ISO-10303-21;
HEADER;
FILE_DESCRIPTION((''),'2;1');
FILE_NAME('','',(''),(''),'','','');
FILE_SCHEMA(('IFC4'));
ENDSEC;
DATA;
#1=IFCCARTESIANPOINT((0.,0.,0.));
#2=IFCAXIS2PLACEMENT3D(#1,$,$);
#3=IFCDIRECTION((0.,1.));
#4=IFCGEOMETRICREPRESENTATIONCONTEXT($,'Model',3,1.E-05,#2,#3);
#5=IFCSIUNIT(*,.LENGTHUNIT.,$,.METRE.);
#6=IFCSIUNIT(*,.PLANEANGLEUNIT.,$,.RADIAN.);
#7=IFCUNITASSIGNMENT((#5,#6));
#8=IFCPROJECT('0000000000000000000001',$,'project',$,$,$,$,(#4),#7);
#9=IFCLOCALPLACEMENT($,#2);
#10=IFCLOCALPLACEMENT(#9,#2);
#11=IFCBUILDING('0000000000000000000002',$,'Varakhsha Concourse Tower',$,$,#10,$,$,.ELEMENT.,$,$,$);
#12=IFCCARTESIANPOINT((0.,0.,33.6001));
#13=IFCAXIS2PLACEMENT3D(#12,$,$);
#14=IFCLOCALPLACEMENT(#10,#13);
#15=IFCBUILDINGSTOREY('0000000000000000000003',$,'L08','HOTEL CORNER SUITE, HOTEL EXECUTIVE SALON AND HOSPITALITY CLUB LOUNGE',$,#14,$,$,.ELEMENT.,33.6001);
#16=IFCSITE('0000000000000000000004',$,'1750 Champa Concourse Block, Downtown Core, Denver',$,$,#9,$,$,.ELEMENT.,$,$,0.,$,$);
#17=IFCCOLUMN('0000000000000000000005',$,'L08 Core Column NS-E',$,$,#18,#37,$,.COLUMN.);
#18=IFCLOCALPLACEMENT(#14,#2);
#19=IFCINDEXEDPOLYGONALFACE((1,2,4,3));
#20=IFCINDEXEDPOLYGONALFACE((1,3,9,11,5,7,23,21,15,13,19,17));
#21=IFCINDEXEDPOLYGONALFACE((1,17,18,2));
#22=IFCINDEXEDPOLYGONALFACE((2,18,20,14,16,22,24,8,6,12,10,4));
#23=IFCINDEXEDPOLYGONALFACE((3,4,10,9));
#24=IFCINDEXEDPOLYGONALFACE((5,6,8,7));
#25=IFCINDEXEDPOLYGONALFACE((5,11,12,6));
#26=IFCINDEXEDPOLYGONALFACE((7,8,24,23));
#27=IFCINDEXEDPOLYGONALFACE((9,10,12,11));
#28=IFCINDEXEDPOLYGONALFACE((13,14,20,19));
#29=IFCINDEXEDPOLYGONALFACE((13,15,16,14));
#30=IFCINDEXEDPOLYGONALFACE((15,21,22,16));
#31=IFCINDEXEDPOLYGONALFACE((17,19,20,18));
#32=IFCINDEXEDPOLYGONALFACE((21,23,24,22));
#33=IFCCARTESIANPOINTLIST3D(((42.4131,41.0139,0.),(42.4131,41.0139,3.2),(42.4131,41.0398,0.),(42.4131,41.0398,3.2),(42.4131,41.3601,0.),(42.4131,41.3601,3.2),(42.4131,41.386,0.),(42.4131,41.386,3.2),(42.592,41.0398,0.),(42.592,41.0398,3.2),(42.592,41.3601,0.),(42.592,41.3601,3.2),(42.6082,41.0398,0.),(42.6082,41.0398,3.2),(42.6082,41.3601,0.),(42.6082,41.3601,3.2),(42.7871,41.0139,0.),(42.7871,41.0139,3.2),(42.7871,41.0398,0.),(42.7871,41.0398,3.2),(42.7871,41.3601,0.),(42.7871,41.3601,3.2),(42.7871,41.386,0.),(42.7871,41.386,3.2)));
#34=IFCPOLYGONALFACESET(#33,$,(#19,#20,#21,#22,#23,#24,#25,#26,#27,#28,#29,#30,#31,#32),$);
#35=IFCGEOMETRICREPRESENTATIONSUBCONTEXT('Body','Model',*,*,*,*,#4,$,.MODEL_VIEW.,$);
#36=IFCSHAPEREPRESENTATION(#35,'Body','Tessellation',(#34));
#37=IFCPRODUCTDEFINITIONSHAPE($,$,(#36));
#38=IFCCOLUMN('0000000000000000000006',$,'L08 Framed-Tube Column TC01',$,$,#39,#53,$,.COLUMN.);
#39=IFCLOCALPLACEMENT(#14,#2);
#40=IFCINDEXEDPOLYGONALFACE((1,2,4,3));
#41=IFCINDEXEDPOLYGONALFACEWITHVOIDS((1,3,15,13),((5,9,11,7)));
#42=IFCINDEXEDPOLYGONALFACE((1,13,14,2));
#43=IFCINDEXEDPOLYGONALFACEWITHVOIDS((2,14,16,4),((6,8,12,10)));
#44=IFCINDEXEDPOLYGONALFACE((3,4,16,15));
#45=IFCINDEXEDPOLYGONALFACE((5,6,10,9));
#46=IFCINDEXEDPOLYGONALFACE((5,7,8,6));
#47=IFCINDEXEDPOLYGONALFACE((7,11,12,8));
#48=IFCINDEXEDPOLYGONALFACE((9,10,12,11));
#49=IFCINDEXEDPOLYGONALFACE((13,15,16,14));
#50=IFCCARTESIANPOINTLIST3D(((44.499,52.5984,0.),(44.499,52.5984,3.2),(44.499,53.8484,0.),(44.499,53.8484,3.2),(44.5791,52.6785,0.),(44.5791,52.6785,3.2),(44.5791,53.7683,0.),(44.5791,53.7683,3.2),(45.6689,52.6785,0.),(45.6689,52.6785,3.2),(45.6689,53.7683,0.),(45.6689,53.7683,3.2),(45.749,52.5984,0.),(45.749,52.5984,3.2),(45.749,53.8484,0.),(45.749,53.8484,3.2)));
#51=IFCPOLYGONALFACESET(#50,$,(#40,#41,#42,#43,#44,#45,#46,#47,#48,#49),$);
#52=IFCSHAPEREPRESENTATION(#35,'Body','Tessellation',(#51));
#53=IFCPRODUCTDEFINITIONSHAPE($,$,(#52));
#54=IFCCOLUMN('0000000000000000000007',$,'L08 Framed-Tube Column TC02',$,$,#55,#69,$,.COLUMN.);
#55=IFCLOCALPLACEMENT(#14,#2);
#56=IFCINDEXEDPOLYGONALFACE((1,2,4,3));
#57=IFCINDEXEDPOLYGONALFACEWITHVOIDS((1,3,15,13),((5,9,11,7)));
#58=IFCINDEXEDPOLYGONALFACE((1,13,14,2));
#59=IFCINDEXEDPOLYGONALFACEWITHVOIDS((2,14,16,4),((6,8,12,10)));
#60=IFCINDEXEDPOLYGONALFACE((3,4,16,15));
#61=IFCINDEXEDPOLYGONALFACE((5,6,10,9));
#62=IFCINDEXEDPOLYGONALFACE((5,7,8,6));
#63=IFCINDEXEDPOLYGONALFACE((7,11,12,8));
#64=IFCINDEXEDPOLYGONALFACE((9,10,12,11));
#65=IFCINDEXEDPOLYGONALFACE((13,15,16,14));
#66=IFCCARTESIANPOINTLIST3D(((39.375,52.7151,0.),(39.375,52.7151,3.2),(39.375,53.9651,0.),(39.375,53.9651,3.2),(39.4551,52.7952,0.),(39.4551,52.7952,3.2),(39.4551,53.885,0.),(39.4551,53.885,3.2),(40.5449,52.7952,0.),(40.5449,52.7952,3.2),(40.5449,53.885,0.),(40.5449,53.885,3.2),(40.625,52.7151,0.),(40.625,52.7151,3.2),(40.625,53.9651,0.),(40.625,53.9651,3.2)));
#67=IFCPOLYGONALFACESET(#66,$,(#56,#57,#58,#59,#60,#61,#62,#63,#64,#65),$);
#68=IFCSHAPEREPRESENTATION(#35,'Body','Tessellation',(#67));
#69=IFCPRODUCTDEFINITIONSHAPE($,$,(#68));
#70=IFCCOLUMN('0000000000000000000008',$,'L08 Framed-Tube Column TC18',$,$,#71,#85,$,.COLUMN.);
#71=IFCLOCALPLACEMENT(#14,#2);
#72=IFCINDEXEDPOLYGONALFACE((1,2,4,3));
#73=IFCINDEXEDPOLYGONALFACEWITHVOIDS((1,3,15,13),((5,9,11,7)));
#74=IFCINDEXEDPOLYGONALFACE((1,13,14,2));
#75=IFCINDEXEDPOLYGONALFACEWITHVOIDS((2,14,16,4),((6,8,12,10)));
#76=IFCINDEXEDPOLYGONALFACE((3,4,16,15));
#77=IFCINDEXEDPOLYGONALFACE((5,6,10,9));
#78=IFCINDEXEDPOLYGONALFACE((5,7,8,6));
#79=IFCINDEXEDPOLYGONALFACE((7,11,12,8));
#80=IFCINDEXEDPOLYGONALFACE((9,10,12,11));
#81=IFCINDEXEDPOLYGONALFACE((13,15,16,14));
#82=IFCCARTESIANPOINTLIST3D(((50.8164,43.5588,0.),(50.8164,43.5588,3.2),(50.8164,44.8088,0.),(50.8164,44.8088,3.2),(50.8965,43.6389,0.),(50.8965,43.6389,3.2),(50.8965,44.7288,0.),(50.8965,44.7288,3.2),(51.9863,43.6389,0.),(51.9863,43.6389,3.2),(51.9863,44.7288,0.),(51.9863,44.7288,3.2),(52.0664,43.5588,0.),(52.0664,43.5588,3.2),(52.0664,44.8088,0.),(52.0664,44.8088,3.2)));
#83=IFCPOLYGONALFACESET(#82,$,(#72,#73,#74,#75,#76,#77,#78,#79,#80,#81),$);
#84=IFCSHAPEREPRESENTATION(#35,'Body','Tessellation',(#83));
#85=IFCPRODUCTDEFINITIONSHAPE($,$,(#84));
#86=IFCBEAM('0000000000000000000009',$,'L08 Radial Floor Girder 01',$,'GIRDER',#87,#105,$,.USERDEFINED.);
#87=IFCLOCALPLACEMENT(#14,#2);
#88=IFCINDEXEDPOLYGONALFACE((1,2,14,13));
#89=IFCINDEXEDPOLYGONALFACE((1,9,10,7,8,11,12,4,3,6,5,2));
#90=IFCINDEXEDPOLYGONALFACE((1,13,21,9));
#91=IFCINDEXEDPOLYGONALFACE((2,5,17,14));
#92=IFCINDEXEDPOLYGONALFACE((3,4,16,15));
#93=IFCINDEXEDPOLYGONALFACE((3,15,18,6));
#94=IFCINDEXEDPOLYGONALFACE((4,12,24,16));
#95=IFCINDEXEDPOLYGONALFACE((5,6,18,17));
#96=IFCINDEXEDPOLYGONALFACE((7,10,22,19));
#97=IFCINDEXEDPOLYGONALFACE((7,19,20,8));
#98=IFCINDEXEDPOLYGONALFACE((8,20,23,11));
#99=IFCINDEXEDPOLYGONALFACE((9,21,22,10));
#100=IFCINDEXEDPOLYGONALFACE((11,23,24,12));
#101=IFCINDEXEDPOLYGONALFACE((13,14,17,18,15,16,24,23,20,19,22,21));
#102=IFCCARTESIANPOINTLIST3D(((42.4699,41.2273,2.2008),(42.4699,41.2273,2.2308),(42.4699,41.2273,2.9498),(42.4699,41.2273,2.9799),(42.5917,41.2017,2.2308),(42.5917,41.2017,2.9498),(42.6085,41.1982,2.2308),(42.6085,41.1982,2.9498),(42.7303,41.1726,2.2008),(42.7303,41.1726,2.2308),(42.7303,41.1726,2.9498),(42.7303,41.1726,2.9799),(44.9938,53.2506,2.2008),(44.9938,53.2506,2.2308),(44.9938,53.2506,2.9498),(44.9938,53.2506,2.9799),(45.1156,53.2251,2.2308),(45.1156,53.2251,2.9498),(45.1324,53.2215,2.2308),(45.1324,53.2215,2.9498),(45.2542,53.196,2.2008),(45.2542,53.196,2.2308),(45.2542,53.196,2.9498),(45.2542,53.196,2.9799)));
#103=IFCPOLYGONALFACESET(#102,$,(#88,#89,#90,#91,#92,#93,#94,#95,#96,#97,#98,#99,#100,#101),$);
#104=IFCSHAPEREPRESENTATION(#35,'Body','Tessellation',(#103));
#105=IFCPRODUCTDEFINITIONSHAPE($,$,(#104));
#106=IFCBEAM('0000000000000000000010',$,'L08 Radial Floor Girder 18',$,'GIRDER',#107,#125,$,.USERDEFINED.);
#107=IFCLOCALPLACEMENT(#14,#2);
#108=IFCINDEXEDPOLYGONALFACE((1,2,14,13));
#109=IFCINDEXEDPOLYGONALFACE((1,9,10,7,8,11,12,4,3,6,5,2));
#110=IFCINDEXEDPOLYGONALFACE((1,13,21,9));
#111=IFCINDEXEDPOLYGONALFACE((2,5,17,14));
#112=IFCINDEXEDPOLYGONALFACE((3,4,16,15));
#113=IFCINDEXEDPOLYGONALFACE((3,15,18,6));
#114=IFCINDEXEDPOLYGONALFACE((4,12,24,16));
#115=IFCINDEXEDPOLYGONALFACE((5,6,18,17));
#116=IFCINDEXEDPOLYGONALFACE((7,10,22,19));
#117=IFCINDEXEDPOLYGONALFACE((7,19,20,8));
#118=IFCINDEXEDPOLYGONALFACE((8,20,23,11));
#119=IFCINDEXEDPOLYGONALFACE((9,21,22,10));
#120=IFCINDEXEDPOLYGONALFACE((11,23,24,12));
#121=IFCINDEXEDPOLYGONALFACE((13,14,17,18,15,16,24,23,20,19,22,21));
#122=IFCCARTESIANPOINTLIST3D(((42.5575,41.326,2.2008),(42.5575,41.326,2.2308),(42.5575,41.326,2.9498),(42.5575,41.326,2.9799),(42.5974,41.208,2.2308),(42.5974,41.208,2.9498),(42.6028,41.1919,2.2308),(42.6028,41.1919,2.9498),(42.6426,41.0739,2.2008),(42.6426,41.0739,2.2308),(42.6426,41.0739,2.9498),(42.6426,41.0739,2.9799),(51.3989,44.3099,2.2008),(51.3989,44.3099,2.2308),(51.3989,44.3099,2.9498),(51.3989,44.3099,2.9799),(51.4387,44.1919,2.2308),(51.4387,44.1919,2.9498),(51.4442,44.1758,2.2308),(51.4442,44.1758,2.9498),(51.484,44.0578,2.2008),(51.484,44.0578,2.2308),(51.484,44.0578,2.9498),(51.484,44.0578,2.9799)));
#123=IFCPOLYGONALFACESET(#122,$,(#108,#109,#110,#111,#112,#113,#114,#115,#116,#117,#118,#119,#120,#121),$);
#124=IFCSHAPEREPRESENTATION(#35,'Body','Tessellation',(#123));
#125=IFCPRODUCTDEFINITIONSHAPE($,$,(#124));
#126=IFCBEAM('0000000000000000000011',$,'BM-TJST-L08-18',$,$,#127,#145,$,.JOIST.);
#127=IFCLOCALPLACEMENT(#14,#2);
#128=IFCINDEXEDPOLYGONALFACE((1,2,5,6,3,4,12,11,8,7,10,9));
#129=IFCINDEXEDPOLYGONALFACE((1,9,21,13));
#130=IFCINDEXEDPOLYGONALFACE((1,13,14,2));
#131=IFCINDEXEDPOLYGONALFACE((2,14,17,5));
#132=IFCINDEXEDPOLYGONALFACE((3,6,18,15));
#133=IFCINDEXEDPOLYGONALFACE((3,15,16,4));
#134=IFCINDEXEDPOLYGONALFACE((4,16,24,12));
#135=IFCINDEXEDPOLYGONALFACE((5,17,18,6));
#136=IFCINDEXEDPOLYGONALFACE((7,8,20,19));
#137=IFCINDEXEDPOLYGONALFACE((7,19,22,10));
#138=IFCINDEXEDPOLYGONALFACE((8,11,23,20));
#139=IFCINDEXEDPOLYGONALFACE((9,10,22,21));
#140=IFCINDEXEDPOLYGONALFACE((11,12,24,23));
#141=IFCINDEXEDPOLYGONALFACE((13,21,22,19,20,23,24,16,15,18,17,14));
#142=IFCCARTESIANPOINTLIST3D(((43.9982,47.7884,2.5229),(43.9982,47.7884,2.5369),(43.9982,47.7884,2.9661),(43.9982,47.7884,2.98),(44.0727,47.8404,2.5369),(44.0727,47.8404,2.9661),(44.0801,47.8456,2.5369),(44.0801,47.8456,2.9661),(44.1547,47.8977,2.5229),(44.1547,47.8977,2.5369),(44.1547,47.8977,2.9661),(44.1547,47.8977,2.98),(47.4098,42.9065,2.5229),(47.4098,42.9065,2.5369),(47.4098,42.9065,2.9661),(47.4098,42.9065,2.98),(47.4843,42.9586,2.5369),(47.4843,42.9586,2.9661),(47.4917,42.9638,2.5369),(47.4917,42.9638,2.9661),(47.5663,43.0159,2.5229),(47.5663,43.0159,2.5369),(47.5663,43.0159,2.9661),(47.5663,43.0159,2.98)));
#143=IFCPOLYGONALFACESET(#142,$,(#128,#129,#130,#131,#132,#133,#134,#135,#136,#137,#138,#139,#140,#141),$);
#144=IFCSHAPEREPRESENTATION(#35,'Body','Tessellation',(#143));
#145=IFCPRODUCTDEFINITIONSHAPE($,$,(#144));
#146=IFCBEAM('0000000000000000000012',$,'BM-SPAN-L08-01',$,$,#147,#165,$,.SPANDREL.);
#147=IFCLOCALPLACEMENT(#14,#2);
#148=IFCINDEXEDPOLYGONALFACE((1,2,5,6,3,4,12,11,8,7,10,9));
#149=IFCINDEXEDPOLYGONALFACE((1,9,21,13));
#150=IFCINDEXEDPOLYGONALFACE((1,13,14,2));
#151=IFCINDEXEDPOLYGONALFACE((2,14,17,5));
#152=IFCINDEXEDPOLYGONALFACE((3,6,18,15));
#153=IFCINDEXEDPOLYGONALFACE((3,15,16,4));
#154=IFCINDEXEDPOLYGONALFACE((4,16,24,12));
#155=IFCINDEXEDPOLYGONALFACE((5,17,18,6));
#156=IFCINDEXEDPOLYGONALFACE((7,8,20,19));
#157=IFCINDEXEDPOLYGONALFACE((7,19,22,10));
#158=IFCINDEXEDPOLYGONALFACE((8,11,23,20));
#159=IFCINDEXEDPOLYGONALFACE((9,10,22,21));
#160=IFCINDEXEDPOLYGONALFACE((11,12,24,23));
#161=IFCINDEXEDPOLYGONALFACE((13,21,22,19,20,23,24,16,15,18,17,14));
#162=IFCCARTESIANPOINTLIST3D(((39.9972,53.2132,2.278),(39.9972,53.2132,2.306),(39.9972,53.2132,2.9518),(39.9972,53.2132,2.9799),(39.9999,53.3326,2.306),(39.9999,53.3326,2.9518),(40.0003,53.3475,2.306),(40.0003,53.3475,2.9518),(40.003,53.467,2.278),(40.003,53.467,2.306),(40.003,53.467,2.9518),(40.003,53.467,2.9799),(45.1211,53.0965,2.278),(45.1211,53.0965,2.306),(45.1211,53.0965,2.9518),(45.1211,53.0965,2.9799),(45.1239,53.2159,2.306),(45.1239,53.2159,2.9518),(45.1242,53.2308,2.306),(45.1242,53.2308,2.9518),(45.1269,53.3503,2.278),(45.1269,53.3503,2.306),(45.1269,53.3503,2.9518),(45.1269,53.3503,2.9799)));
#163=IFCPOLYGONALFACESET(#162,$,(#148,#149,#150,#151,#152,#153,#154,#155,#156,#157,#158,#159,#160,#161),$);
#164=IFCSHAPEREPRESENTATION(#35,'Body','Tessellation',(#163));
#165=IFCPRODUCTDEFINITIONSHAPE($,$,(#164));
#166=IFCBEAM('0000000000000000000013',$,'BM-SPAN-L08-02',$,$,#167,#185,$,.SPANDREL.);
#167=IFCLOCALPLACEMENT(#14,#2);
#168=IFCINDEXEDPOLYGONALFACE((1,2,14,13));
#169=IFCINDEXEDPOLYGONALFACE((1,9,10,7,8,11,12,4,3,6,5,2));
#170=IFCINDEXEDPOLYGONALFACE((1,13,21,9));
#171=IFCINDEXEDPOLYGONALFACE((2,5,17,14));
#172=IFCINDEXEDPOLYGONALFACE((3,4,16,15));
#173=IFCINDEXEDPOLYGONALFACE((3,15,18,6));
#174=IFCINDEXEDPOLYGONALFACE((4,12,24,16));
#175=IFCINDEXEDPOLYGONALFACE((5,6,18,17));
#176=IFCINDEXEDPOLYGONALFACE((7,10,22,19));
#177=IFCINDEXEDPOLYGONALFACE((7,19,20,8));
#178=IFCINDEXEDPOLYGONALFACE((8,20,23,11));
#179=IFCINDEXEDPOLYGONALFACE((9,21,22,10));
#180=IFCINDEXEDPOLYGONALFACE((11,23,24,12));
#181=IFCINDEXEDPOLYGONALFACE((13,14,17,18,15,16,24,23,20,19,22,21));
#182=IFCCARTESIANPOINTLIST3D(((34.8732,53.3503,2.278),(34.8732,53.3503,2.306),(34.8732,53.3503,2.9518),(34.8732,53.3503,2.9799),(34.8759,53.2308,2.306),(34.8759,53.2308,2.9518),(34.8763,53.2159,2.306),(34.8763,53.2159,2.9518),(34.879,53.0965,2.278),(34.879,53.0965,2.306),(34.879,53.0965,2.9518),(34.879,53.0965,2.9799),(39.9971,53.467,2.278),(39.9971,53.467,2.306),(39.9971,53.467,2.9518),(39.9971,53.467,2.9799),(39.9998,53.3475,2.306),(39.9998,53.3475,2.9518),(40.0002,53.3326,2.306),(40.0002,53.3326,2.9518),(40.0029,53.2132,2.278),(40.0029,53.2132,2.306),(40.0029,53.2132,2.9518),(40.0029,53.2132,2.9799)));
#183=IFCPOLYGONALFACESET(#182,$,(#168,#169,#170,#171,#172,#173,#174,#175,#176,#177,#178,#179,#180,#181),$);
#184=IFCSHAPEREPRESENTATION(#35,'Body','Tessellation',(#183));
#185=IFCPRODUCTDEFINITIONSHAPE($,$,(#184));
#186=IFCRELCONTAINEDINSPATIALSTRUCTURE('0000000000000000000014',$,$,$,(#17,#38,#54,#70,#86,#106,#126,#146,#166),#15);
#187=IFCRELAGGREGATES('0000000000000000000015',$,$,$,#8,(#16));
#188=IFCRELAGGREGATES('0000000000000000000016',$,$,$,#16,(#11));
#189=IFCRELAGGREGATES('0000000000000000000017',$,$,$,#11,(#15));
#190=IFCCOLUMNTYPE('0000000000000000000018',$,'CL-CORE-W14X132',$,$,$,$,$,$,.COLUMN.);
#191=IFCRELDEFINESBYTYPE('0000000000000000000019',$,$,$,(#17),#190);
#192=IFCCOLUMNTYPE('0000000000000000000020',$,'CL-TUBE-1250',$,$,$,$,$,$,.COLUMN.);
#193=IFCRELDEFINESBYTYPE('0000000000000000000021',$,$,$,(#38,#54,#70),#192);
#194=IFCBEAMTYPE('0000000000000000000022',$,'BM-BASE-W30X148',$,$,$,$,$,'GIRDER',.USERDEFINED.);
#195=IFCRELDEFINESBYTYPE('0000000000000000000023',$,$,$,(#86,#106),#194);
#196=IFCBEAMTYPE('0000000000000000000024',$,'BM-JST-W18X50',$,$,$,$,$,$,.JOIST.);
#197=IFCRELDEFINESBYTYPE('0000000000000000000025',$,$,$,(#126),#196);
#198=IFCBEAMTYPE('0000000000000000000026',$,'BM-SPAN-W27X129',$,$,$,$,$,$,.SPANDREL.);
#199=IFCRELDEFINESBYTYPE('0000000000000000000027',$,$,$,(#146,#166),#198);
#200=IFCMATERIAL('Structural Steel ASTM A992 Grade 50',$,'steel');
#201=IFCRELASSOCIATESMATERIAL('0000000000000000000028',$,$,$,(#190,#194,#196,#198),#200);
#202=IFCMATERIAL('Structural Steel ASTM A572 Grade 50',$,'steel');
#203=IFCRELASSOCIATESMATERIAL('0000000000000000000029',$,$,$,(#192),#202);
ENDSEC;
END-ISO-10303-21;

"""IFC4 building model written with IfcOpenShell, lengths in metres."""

from ifc_helpers import new_model, si_unit, direction, frame, origin, origin_2d, place, context, subcontext, project, spatial, hollow_rectangle, i_section, extrude, material, material_profile, profile_set, type_object, element, save


model = new_model("IFC4")

# Units and contexts
model_context = context("Model", 3, precision=1e-05, world=origin(), true_north=direction((0.0, 1.0)))
body_context = subcontext(model_context, "Body", "Model", "MODEL_VIEW")
ifc_project = project(units=[si_unit("LENGTHUNIT", "METRE"), si_unit("PLANEANGLEUNIT", "RADIAN")], contexts=[model_context])

# Site, building, storey
site_placement = place(None, origin())
site = spatial("IfcSite", under=ifc_project, at=site_placement, Name="1750 Champa Concourse Block, Downtown Core, Denver", CompositionType="ELEMENT", RefElevation=0.0)
building_placement = place(site_placement, origin())
building = spatial("IfcBuilding", under=site, at=building_placement, Name="Varakhsha Concourse Tower", CompositionType="ELEMENT")
storey_placement = place(building_placement, frame((0.0, 0.0, 33.6001)))
storey = spatial("IfcBuildingStorey", under=building, at=storey_placement, Name="L08", Description="HOTEL CORNER SUITE, HOTEL EXECUTIVE SALON AND HOSPITALITY CLUB LOUNGE", CompositionType="ELEMENT", Elevation=33.6001)

# Columns
ifc_material_1 = material(Name="Structural Steel ASTM A992 Grade 50", Category="steel")
ifc_material_profile_1 = material_profile(ifc_material_1, i_section(OverallWidth=0.374, OverallDepth=0.3721, WebThickness=0.0161, FlangeThickness=0.0259, at=origin_2d()), Name="W14X132")
ifc_profile_set_1 = profile_set([ifc_material_profile_1], Name="Structural Steel ASTM A992 Grade 50")
column_type_1 = type_object("IfcColumnType", Name="CL-CORE-W14X132", PredefinedType="COLUMN", material=ifc_profile_set_1)
column_placement = place(storey_placement, frame((42.6001, 41.2, 0.0), z_axis=(0.0, 0.0, 1.0), x_axis=(1.0, 0.0, 0.0)))
element("IfcColumn", 1, at=column_placement, inside=storey, type_object=column_type_1, Name="L08 Core Column NS-E", PredefinedType="COLUMN", context=body_context, shape_type="SweptSolid", body=[
    extrude(i_section(OverallWidth=0.374, OverallDepth=0.3721, WebThickness=0.0161, FlangeThickness=0.0259, at=origin_2d()), origin(), (0.0, 0.0, 1.0), 3.2),
])
ifc_material_2 = material(Name="Structural Steel ASTM A572 Grade 50", Category="steel")
ifc_material_profile_2 = material_profile(ifc_material_2, hollow_rectangle(XDim=1.25, YDim=1.25, WallThickness=0.0801, at=origin_2d()), Name="BOX 1250x1250x80")
ifc_profile_set_2 = profile_set([ifc_material_profile_2], Name="Structural Steel ASTM A572 Grade 50")
column_type_2 = type_object("IfcColumnType", Name="CL-TUBE-1250", PredefinedType="COLUMN", material=ifc_profile_set_2)
for number, where, z_axis, x_axis, name in (
    (2, (45.124, 53.2234, 0.0), (0.0, 0.0, 1.0), (1.0, 0.0, 0.0), "L08 Framed-Tube Column TC01"),
    (3, (40.0, 53.3401, 0.0), (0.0, 0.0, 1.0), (1.0, 0.0, 0.0), "L08 Framed-Tube Column TC02"),
    (4, (51.4414, 44.1838, 0.0), (0.0, 0.0, 1.0), (1.0, 0.0, 0.0), "L08 Framed-Tube Column TC18"),
):
    element("IfcColumn", number, at=place(storey_placement, frame(where, z_axis=z_axis, x_axis=x_axis)), inside=storey, type_object=column_type_2, Name=name, PredefinedType="COLUMN", context=body_context, shape_type="SweptSolid", body=[
        extrude(hollow_rectangle(XDim=1.25, YDim=1.25, WallThickness=0.0801, at=origin_2d()), origin(), (0.0, 0.0, 1.0), 3.2),
    ])

# Beams
ifc_material_profile_3 = material_profile(ifc_material_1, i_section(OverallWidth=0.2661, OverallDepth=0.7791, WebThickness=0.0171, FlangeThickness=0.03, at=origin_2d()), Name="W30X148")
ifc_profile_set_3 = profile_set([ifc_material_profile_3], Name="Structural Steel ASTM A992 Grade 50")
beam_type_1 = type_object("IfcBeamType", Name="BM-BASE-W30X148", ElementType="GIRDER", PredefinedType="USERDEFINED", material=ifc_profile_set_3)
beam_1_placement = place(storey_placement, frame((42.6001, 41.2, 2.5903), z_axis=(0.20544, 0.97867, 0.0), x_axis=(-0.97867, 0.20544, 0.0)))
element("IfcBeam", 5, at=beam_1_placement, inside=storey, type_object=beam_type_1, Name="L08 Radial Floor Girder 01", ObjectType="GIRDER", PredefinedType="USERDEFINED", context=body_context, shape_type="SweptSolid", body=[
    extrude(i_section(OverallWidth=0.2661, OverallDepth=0.7791, WebThickness=0.0171, FlangeThickness=0.03, at=origin_2d()), origin(), (0.0, 0.0, 1.0), 12.2854),
])
beam_2_placement = place(storey_placement, frame((42.6001, 41.2, 2.5903), z_axis=(0.947494, 0.319773, 0.0), x_axis=(-0.319773, 0.947494, 0.0)))
element("IfcBeam", 6, at=beam_2_placement, inside=storey, type_object=beam_type_1, Name="L08 Radial Floor Girder 18", ObjectType="GIRDER", PredefinedType="USERDEFINED", context=body_context, shape_type="SweptSolid", body=[
    extrude(i_section(OverallWidth=0.2661, OverallDepth=0.7791, WebThickness=0.0171, FlangeThickness=0.03, at=origin_2d()), origin(), (0.0, 0.0, 1.0), 9.3313),
])
ifc_material_profile_4 = material_profile(ifc_material_1, i_section(OverallWidth=0.1909, OverallDepth=0.457, WebThickness=0.009, FlangeThickness=0.0139, at=origin_2d()), Name="W18X50")
ifc_profile_set_4 = profile_set([ifc_material_profile_4], Name="Structural Steel ASTM A992 Grade 50")
beam_type_2 = type_object("IfcBeamType", Name="BM-JST-W18X50", PredefinedType="JOIST", material=ifc_profile_set_4)
beam_3_placement = place(storey_placement, frame((47.488, 42.9612, 2.7515), z_axis=(-0.572824, 0.819678, 0.0), x_axis=(-0.819678, -0.572824, 0.0)))
element("IfcBeam", 7, at=beam_3_placement, inside=storey, type_object=beam_type_2, Name="BM-TJST-L08-18", PredefinedType="JOIST", context=body_context, shape_type="SweptSolid", body=[
    extrude(i_section(OverallWidth=0.1909, OverallDepth=0.457, WebThickness=0.009, FlangeThickness=0.0139, at=origin_2d()), origin(), (0.0, 0.0, 1.0), 5.9558),
])
ifc_material_profile_5 = material_profile(ifc_material_1, i_section(OverallWidth=0.2539, OverallDepth=0.7019, WebThickness=0.0149, FlangeThickness=0.0281, at=origin_2d()), Name="W27X129")
ifc_profile_set_5 = profile_set([ifc_material_profile_5], Name="Structural Steel ASTM A992 Grade 50")
beam_type_3 = type_object("IfcBeamType", Name="BM-SPAN-W27X129", PredefinedType="SPANDREL", material=ifc_profile_set_5)
for number, where, z_axis, x_axis, name in (
    (8, (45.124, 53.2234, 2.6289), (-0.999741, 0.022769, 0.0), (-0.022769, -0.999741, 0.0), "BM-SPAN-L08-01"),
    (9, (40.0, 53.3401, 2.6289), (-0.999741, -0.022769, 0.0), (0.022769, -0.999741, 0.0), "BM-SPAN-L08-02"),
):
    element("IfcBeam", number, at=place(storey_placement, frame(where, z_axis=z_axis, x_axis=x_axis)), inside=storey, type_object=beam_type_3, Name=name, PredefinedType="SPANDREL", context=body_context, shape_type="SweptSolid", body=[
        extrude(i_section(OverallWidth=0.2539, OverallDepth=0.7019, WebThickness=0.0149, FlangeThickness=0.0281, at=origin_2d()), origin(), (0.0, 0.0, 1.0), 5.1252),
    ])

save(model, "model.ifc")
